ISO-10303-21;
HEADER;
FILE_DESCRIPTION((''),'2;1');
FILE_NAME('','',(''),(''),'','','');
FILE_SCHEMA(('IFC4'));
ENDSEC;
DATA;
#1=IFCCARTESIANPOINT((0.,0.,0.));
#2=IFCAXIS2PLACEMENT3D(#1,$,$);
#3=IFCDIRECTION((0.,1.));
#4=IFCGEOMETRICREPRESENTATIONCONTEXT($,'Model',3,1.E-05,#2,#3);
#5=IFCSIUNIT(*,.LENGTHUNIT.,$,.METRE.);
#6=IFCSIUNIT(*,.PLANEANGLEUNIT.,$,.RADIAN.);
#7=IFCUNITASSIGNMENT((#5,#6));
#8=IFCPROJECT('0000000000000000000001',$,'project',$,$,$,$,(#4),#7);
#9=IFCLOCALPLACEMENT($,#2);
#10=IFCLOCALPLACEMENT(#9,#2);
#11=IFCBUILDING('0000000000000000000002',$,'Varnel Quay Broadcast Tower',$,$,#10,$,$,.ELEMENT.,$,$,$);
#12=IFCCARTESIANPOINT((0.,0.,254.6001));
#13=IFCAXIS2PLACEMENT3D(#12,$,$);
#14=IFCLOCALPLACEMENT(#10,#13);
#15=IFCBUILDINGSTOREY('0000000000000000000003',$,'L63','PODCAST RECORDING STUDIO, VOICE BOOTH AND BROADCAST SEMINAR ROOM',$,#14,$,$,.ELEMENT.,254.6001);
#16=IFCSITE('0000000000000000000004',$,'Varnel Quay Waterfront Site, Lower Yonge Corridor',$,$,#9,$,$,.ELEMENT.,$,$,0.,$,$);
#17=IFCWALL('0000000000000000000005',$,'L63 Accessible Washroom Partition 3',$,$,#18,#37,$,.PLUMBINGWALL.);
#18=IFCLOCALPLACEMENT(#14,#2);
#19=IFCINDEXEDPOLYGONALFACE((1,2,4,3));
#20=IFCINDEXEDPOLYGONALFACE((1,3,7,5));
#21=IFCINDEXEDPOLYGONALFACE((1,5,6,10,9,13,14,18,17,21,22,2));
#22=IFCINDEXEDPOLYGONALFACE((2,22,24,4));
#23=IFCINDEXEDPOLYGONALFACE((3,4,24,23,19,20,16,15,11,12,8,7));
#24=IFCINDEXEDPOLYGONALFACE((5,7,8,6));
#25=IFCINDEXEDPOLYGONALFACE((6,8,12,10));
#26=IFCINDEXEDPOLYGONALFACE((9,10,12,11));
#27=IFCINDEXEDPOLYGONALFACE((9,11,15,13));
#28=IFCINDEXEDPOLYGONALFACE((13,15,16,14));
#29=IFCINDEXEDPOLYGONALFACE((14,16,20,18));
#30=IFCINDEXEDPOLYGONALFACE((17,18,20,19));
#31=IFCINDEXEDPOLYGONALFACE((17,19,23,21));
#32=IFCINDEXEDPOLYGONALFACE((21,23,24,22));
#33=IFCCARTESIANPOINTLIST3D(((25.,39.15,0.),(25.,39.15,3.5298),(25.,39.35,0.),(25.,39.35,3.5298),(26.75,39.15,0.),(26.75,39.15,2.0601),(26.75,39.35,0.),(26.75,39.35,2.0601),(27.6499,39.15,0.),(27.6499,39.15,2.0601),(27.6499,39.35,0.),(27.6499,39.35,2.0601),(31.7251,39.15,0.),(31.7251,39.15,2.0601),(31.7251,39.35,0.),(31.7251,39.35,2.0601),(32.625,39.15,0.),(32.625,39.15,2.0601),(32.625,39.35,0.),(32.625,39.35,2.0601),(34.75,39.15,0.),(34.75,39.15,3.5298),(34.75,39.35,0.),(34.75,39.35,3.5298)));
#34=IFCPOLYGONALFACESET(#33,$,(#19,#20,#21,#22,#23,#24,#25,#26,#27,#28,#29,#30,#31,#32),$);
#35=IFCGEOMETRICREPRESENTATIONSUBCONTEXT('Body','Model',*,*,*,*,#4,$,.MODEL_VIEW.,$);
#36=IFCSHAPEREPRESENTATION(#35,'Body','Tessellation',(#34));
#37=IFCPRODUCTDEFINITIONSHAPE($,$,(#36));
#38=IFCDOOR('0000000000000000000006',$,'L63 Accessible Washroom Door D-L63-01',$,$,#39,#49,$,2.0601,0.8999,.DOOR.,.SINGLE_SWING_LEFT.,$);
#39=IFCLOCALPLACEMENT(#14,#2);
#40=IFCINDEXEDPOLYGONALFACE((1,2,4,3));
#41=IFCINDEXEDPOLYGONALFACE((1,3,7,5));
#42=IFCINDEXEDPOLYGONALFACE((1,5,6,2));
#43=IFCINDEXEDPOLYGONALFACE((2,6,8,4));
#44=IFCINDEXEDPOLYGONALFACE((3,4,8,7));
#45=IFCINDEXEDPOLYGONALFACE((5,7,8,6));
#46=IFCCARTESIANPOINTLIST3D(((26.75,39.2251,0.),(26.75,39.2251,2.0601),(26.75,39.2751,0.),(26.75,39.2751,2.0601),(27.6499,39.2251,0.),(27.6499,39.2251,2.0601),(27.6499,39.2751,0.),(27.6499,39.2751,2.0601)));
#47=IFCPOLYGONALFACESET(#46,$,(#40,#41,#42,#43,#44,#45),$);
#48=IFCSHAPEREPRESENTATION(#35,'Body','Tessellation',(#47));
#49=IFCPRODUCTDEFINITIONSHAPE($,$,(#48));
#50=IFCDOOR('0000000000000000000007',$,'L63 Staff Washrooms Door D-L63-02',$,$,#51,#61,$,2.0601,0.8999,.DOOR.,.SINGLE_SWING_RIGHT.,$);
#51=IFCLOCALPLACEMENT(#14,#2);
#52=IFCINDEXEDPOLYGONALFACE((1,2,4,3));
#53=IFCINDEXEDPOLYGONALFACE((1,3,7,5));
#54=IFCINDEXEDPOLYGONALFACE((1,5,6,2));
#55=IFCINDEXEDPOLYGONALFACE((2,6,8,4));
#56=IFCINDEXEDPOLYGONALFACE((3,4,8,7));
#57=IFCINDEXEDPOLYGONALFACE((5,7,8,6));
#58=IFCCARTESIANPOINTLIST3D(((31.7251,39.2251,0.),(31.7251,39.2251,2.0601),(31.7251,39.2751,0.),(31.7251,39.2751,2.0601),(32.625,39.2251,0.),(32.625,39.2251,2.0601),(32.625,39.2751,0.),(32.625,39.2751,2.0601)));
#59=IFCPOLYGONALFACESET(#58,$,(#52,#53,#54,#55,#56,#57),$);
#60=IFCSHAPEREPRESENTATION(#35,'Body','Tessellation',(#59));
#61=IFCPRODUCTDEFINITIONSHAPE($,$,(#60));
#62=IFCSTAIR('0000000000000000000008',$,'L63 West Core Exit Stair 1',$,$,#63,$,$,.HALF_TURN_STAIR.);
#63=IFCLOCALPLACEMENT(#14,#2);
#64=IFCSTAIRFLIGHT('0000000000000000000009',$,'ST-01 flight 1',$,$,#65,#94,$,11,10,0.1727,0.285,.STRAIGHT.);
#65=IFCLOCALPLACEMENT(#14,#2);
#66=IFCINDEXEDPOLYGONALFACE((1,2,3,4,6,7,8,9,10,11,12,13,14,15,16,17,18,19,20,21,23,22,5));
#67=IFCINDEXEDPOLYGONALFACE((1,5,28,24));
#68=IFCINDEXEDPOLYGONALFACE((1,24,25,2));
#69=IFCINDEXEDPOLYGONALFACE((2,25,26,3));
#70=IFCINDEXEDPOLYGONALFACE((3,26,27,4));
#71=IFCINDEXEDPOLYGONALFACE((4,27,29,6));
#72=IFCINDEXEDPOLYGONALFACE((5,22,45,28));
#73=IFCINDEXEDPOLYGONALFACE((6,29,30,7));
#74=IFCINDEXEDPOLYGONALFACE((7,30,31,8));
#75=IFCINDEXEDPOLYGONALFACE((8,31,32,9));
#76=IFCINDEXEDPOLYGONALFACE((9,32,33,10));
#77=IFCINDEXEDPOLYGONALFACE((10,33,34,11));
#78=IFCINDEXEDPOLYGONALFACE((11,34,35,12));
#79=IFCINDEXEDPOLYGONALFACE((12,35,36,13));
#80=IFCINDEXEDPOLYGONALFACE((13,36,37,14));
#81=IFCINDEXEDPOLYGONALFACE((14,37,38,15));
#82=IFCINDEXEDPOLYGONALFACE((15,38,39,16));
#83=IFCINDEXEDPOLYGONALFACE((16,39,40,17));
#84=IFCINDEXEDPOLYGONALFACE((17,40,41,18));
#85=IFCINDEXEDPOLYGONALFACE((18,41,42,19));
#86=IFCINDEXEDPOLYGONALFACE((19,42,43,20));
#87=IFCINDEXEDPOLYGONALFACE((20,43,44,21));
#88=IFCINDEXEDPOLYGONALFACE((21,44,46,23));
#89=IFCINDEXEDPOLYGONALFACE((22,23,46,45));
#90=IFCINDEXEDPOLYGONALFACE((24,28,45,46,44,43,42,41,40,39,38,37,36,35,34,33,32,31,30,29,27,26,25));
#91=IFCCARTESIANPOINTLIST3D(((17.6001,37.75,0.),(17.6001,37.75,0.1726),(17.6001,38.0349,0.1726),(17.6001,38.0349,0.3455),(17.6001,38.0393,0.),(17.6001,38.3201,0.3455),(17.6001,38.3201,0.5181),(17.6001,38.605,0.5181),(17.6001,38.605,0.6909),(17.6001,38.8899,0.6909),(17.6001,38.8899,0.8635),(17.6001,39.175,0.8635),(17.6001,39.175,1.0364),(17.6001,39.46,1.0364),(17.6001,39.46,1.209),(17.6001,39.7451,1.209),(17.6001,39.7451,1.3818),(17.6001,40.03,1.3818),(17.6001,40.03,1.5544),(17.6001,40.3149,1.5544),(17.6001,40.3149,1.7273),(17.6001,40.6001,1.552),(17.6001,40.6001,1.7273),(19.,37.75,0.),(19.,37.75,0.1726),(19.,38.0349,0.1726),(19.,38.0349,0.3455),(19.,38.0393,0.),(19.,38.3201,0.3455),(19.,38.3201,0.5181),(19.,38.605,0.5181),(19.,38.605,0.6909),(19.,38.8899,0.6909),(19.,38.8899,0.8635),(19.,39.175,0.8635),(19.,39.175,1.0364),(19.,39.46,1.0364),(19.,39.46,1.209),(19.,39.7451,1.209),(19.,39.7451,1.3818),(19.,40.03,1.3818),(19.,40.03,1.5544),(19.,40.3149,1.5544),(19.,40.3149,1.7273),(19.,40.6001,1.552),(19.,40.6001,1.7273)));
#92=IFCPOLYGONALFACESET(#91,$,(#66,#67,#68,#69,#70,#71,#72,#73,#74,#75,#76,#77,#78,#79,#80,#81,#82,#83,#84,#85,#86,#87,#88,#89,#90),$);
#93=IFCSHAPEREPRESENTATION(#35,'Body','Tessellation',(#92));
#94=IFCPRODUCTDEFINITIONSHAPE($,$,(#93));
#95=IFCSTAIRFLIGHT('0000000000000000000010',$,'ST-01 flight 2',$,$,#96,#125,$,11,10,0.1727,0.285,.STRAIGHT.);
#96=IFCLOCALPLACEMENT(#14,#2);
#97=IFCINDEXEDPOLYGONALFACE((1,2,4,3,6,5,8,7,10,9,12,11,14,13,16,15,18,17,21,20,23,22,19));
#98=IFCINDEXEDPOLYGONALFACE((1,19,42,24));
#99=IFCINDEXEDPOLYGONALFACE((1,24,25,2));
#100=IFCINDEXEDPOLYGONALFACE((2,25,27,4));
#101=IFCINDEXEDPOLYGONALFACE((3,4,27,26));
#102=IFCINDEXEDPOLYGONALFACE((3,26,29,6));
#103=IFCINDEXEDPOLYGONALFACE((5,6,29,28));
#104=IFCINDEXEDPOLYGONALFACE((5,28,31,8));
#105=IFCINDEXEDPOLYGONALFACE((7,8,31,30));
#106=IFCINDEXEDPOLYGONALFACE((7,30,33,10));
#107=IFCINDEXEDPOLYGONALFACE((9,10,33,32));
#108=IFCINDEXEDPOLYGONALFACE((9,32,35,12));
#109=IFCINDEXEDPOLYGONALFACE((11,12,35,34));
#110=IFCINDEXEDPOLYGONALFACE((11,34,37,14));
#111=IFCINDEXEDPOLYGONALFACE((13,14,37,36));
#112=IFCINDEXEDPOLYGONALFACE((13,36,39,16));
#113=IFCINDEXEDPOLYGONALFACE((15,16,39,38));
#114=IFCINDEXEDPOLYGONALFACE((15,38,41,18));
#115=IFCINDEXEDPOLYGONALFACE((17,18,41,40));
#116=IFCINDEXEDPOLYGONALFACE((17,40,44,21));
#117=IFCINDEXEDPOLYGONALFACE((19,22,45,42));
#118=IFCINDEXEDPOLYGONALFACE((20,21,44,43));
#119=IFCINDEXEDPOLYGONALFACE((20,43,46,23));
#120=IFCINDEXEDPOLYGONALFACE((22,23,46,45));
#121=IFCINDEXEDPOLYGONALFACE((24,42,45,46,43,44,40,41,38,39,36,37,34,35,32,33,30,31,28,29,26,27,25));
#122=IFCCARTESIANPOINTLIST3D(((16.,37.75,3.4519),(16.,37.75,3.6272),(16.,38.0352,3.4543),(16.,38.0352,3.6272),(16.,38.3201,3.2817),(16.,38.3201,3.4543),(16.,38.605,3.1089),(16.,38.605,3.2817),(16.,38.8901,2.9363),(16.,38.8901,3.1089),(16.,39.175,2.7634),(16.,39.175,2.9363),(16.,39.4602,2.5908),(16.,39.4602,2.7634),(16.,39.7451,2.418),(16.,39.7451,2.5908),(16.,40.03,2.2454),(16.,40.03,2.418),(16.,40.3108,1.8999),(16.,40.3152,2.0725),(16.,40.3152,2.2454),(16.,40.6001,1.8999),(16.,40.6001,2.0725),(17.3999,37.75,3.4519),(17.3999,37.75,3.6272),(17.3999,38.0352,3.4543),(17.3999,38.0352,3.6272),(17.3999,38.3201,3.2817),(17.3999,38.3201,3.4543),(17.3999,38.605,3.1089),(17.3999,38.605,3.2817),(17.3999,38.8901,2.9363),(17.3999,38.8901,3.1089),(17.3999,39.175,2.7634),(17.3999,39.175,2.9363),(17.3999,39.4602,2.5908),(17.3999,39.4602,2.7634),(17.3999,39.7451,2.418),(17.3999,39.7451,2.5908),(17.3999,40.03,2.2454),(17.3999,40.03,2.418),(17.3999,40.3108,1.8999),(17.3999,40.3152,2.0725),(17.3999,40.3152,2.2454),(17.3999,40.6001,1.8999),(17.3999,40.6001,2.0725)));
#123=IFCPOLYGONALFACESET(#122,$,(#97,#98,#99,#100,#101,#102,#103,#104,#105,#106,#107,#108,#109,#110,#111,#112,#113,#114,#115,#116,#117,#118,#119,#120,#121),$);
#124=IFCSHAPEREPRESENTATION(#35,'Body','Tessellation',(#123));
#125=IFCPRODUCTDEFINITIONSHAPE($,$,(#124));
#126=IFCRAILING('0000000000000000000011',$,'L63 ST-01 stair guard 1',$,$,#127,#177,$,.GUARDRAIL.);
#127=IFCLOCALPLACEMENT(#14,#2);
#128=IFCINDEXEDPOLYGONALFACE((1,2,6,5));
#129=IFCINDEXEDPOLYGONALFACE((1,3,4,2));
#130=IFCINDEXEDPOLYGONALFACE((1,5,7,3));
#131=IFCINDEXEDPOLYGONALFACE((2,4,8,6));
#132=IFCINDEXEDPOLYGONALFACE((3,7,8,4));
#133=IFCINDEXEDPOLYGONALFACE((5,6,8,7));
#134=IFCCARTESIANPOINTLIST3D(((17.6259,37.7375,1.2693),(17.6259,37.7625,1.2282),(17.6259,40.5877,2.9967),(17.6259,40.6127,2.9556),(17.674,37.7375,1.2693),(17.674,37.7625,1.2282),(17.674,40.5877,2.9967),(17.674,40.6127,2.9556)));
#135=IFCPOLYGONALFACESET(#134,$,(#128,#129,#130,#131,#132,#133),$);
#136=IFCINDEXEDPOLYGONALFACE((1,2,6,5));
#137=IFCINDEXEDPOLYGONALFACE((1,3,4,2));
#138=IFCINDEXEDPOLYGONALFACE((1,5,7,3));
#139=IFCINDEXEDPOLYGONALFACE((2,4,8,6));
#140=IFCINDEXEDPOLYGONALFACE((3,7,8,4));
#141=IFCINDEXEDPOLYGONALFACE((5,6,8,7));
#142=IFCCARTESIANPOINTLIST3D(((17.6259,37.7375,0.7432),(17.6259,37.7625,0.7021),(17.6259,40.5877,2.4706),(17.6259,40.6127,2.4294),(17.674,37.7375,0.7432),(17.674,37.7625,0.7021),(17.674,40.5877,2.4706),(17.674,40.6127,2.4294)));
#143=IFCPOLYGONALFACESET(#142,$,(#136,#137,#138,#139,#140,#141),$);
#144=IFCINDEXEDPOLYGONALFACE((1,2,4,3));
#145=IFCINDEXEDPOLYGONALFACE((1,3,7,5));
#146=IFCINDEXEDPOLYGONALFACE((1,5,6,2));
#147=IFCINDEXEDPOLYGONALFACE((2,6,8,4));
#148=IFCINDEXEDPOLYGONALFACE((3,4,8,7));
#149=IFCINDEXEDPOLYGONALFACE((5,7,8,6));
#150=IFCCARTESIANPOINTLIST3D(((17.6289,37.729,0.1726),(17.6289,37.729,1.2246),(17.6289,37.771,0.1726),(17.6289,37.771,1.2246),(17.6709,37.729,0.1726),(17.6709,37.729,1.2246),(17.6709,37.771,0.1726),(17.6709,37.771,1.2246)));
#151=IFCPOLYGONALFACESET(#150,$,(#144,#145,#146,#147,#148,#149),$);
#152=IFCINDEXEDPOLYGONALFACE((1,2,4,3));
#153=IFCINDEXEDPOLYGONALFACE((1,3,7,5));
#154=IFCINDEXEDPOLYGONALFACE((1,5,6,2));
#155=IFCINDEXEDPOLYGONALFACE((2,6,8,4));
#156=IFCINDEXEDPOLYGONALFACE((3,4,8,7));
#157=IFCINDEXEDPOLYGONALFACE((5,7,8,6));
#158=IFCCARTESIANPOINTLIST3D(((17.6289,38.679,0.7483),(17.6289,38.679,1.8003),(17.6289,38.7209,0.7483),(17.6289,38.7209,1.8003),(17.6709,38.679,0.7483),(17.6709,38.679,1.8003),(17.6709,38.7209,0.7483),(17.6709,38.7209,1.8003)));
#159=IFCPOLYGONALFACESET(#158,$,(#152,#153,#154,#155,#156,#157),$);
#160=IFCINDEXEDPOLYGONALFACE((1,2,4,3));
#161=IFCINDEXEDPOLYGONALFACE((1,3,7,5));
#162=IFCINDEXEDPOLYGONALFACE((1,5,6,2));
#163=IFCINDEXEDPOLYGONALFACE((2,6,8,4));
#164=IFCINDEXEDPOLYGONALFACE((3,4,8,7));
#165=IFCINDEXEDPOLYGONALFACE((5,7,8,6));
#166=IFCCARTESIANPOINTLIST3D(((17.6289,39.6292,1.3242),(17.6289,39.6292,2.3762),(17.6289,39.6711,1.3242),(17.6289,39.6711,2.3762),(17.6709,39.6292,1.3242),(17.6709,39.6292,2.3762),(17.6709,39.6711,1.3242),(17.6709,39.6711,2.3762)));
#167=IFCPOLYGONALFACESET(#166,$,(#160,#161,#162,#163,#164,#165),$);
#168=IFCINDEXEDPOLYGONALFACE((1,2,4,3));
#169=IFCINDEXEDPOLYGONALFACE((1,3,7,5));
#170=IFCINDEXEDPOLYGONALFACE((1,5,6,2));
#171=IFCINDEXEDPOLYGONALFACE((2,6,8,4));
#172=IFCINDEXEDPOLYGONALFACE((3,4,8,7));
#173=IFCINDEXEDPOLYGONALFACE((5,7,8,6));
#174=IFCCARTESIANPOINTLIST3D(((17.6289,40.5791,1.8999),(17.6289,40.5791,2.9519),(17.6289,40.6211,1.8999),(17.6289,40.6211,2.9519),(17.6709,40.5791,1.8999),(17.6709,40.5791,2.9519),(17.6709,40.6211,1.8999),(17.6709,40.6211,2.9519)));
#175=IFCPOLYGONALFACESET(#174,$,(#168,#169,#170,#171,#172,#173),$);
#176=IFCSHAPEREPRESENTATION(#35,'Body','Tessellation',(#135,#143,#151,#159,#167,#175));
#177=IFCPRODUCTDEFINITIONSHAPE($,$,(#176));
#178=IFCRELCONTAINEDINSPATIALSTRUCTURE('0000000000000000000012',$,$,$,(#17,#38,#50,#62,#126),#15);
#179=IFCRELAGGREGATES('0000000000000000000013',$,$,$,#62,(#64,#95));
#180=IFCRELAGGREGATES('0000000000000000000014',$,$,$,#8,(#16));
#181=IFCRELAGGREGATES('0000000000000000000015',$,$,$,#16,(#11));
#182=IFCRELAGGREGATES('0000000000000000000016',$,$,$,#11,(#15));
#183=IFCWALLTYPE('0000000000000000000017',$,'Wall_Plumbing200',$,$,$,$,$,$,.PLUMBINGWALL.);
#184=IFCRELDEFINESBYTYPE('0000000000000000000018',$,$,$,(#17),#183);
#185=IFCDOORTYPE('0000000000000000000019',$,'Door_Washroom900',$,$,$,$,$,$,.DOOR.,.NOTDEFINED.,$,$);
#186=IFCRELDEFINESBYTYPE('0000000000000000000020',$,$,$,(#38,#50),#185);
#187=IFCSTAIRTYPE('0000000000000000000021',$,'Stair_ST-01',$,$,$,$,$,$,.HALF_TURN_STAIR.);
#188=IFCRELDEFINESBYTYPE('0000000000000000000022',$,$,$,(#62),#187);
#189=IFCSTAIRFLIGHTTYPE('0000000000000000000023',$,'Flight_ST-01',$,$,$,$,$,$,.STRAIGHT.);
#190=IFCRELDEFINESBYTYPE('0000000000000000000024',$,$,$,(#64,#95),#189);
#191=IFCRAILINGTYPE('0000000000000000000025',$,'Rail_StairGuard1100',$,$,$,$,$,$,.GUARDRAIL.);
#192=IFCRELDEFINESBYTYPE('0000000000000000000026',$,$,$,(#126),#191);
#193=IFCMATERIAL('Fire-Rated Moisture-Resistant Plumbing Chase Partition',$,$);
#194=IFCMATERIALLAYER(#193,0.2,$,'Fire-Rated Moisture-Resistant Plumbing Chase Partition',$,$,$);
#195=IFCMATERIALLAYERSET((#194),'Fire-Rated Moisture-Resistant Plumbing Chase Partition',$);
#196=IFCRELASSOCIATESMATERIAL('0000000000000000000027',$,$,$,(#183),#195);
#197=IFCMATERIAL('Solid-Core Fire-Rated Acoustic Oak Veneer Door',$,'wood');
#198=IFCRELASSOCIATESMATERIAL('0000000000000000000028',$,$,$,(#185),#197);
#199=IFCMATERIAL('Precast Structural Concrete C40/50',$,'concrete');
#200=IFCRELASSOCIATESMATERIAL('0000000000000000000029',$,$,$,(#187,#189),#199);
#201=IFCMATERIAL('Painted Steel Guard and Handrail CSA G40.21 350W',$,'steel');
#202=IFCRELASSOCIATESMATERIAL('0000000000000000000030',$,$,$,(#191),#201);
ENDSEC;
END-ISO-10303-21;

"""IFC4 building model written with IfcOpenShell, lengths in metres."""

from ifc_helpers import new_model, si_unit, direction, frame, frame_2d, origin, origin_2d, place, context, subcontext, project, spatial, polyline, rectangle, outline, extrude, source, transform, mapped, material, layer, layer_set, type_object, type_shapes, element, fill, aggregate, save


model = new_model("IFC4")

# Units and contexts
model_context = context("Model", 3, precision=1e-05, world=origin(), true_north=direction((0.0, 1.0)))
body_context = subcontext(model_context, "Body", "Model", "MODEL_VIEW")
ifc_project = project(units=[si_unit("LENGTHUNIT", "METRE"), si_unit("PLANEANGLEUNIT", "RADIAN")], contexts=[model_context])

# Site, building, storey
site_placement = place(None, origin())
site = spatial("IfcSite", under=ifc_project, at=site_placement, Name="Varnel Quay Waterfront Site, Lower Yonge Corridor", CompositionType="ELEMENT", RefElevation=0.0)
building_placement = place(site_placement, origin())
building = spatial("IfcBuilding", under=site, at=building_placement, Name="Varnel Quay Broadcast Tower", CompositionType="ELEMENT")
storey_placement = place(building_placement, frame((0.0, 0.0, 254.6001)))
storey = spatial("IfcBuildingStorey", under=building, at=storey_placement, Name="L63", Description="PODCAST RECORDING STUDIO, VOICE BOOTH AND BROADCAST SEMINAR ROOM", CompositionType="ELEMENT", Elevation=254.6001)

# Shared definitions
ifc_material_1 = material(Name="Solid-Core Fire-Rated Acoustic Oak Veneer Door", Category="wood")

# Wall, openings, doors
ifc_material_2 = material(Name="Fire-Rated Moisture-Resistant Plumbing Chase Partition")
ifc_layer_1 = layer(ifc_material_2, 0.2, Name="Fire-Rated Moisture-Resistant Plumbing Chase Partition")
ifc_layer_set_1 = layer_set([ifc_layer_1], Name="Fire-Rated Moisture-Resistant Plumbing Chase Partition")
wall_type_1 = type_object("IfcWallType", Name="Wall_Plumbing200", PredefinedType="PLUMBINGWALL", material=ifc_layer_set_1)
wall_1_placement = place(storey_placement, frame((25.0, 39.25, 0.0), z_axis=(0.0, 0.0, 1.0), x_axis=(1.0, 0.0, 0.0)))
wall_1 = element("IfcWall", 1, at=wall_1_placement, inside=storey, type_object=wall_type_1, Name="L63 Accessible Washroom Partition 3", PredefinedType="PLUMBINGWALL", context=body_context, shape_type="SweptSolid", body=[
    extrude(rectangle(XDim=9.75, YDim=0.2, at=frame_2d((4.875, 0.0))), origin(), (0.0, 0.0, 1.0), 3.5298),
])
opening_1_placement = place(wall_1_placement, frame((1.75, 0.0, 0.0)))
opening_1 = element("IfcOpeningElement", 2, at=opening_1_placement, cuts=wall_1, PredefinedType="OPENING", context=body_context, shape_type="SweptSolid", body=[
    extrude(rectangle(XDim=0.8999, YDim=2.0601, at=frame_2d((0.45, 1.03))), frame((0.0, 0.1099, 0.0), z_axis=(0.0, -1.0, 0.0), x_axis=(1.0, 0.0, 0.0)), (0.0, 0.0, 1.0), 0.22),
])
opening_2_placement = place(wall_1_placement, frame((6.7251, 0.0, 0.0)))
opening_2 = element("IfcOpeningElement", 3, at=opening_2_placement, cuts=wall_1, PredefinedType="OPENING", context=body_context, shape_type="SweptSolid", body=[
    extrude(rectangle(XDim=0.8999, YDim=2.0601, at=frame_2d((0.45, 1.03))), frame((0.0, 0.1099, 0.0), z_axis=(0.0, -1.0, 0.0), x_axis=(1.0, 0.0, 0.0)), (0.0, 0.0, 1.0), 0.22),
])
door_type_1 = type_object("IfcDoorType", Name="Door_Washroom900", OperationType="NOTDEFINED", PredefinedType="DOOR", material=ifc_material_1)
shared_shape_1 = source(origin(), body_context, "Body", "SweptSolid", [
    extrude(rectangle(XDim=0.8999, YDim=2.0601, at=frame_2d((0.45, 1.03))), frame((0.0, 0.0249, 0.0), z_axis=(0.0, -1.0, 0.0), x_axis=(1.0, 0.0, 0.0)), (0.0, 0.0, 1.0), 0.05),
])
type_shapes(door_type_1, [shared_shape_1])
door_1_placement = place(opening_1_placement, frame((0.8999, 0.0, 0.0), z_axis=(0.0, 0.0, 1.0), x_axis=(-1.0, 0.0, 0.0)))
door_1 = element("IfcDoor", 4, at=door_1_placement, inside=storey, type_object=door_type_1, Name="L63 Accessible Washroom Door D-L63-01", OperationType="SINGLE_SWING_LEFT", OverallHeight=2.0601, OverallWidth=0.8999, PredefinedType="DOOR", context=body_context, shape_type="MappedRepresentation", body=[
    mapped(shared_shape_1, transform((0.0, 0.0, 0.0), x_axis=(1.0, 0.0, 0.0), y_axis=(0.0, 1.0, 0.0), z_axis=(0.0, 0.0, 1.0), scale=1.0)),
])
fill(opening_1, door_1)
door_2_placement = place(opening_2_placement, frame((0.8999, 0.0, 0.0), z_axis=(0.0, 0.0, 1.0), x_axis=(-1.0, 0.0, 0.0)))
door_2 = element("IfcDoor", 5, at=door_2_placement, inside=storey, type_object=door_type_1, Name="L63 Staff Washrooms Door D-L63-02", OperationType="SINGLE_SWING_RIGHT", OverallHeight=2.0601, OverallWidth=0.8999, PredefinedType="DOOR", context=body_context, shape_type="MappedRepresentation", body=[
    mapped(shared_shape_1, transform((0.0, 0.0, 0.0), x_axis=(1.0, 0.0, 0.0), y_axis=(0.0, 1.0, 0.0), z_axis=(0.0, 0.0, 1.0), scale=1.0)),
])
fill(opening_2, door_2)

# Stair, stair flights
ifc_material_3 = material(Name="Precast Structural Concrete C40/50", Category="concrete")
stair_type = type_object("IfcStairType", Name="Stair_ST-01", PredefinedType="HALF_TURN_STAIR", material=ifc_material_3)
stair_placement = place(storey_placement, origin())
stair = element("IfcStair", 6, at=stair_placement, inside=storey, type_object=stair_type, Name="L63 West Core Exit Stair 1", PredefinedType="HALF_TURN_STAIR")
stair_flight_type = type_object("IfcStairFlightType", Name="Flight_ST-01", PredefinedType="STRAIGHT", material=ifc_material_3)
stair_flight_1_placement = place(storey_placement, frame((18.3, 37.75, 0.0), z_axis=(0.0, 0.0, 1.0), x_axis=(0.0, 1.0, 0.0)))
stair_flight_1 = element("IfcStairFlight", 7, at=stair_flight_1_placement, type_object=stair_flight_type, Name="ST-01 flight 1", NumberOfRisers=11, NumberOfTreads=10, PredefinedType="STRAIGHT", RiserHeight=0.1727, TreadLength=0.285, context=body_context, shape_type="SweptSolid", body=[
    extrude(outline(polyline([(0.0, 0.0), (0.0, 0.1726), (0.2849, 0.1726), (0.2849, 0.3455), (0.5701, 0.3455), (0.5701, 0.5181), (0.855, 0.5181), (0.855, 0.6909), (1.1399, 0.6909), (1.1399, 0.8635), (1.425, 0.8635), (1.425, 1.0364), (1.71, 1.0364), (1.71, 1.209), (1.9951, 1.209), (1.9951, 1.3818), (2.28, 1.3818), (2.28, 1.5544), (2.5649, 1.5544), (2.5649, 1.7273), (2.8501, 1.7273), (2.8501, 1.8999), (2.8501, 1.552), (0.2893, 0.0), (0.0, 0.0)])), frame((0.0, 0.7, 0.0), z_axis=(0.0, -1.0, 0.0), x_axis=(1.0, 0.0, 0.0)), (0.0, 0.0, 1.0), 1.3999),
])
stair_flight_2_placement = place(storey_placement, frame((16.7, 40.6001, 1.8999), z_axis=(0.0, 0.0, 1.0), x_axis=(0.0, -1.0, 0.0)))
stair_flight_2 = element("IfcStairFlight", 8, at=stair_flight_2_placement, type_object=stair_flight_type, Name="ST-01 flight 2", NumberOfRisers=11, NumberOfTreads=10, PredefinedType="STRAIGHT", RiserHeight=0.1727, TreadLength=0.285, context=body_context, shape_type="SweptSolid", body=[
    extrude(outline(polyline([(0.0, 0.0), (0.0, 0.1726), (0.2849, 0.1726), (0.2849, 0.3455), (0.5701, 0.3455), (0.5701, 0.5181), (0.855, 0.5181), (0.855, 0.6909), (1.1399, 0.6909), (1.1399, 0.8635), (1.425, 0.8635), (1.425, 1.0364), (1.71, 1.0364), (1.71, 1.209), (1.9951, 1.209), (1.9951, 1.3818), (2.28, 1.3818), (2.28, 1.5544), (2.5649, 1.5544), (2.5649, 1.7273), (2.8501, 1.7273), (2.8501, 1.8999), (2.8501, 1.552), (0.2893, 0.0), (0.0, 0.0)])), frame((0.0, 0.7, 0.0), z_axis=(0.0, -1.0, 0.0), x_axis=(1.0, 0.0, 0.0)), (0.0, 0.0, 1.0), 1.3999),
])
aggregate(stair, [stair_flight_1, stair_flight_2])

# Railing
ifc_material_4 = material(Name="Painted Steel Guard and Handrail CSA G40.21 350W", Category="steel")
railing_type_1 = type_object("IfcRailingType", Name="Rail_StairGuard1100", PredefinedType="GUARDRAIL", material=ifc_material_4)
railing_1_placement = place(storey_placement, frame((17.6499, 37.75, 0.1726)))
element("IfcRailing", 9, at=railing_1_placement, inside=storey, type_object=railing_type_1, Name="L63 ST-01 stair guard 1", PredefinedType="GUARDRAIL", context=body_context, shape_type="SweptSolid", body=[
    extrude(rectangle(XDim=0.0481, YDim=0.0481, at=origin_2d()), frame((0.0, 0.0, 1.0762), z_axis=(0.0, 0.855203, 0.518294), x_axis=(-1.0, 0.0, 0.0)), (0.0, 0.0, 1.0), 3.3328),
    extrude(rectangle(XDim=0.0481, YDim=0.0481, at=origin_2d()), frame((0.0, 0.0, 0.55), z_axis=(0.0, 0.855203, 0.518294), x_axis=(-1.0, 0.0, 0.0)), (0.0, 0.0, 1.0), 3.3328),
    extrude(rectangle(XDim=0.042, YDim=0.042, at=origin_2d()), origin(), (0.0, 0.0, 1.0), 1.052),
    extrude(rectangle(XDim=0.042, YDim=0.042, at=origin_2d()), frame((0.0, 0.95, 0.5757)), (0.0, 0.0, 1.0), 1.052),
    extrude(rectangle(XDim=0.042, YDim=0.042, at=origin_2d()), frame((0.0, 1.9001, 1.1516)), (0.0, 0.0, 1.0), 1.052),
    extrude(rectangle(XDim=0.042, YDim=0.042, at=origin_2d()), frame((0.0, 2.8501, 1.7273)), (0.0, 0.0, 1.0), 1.052),
])

save(model, "model.ifc")
